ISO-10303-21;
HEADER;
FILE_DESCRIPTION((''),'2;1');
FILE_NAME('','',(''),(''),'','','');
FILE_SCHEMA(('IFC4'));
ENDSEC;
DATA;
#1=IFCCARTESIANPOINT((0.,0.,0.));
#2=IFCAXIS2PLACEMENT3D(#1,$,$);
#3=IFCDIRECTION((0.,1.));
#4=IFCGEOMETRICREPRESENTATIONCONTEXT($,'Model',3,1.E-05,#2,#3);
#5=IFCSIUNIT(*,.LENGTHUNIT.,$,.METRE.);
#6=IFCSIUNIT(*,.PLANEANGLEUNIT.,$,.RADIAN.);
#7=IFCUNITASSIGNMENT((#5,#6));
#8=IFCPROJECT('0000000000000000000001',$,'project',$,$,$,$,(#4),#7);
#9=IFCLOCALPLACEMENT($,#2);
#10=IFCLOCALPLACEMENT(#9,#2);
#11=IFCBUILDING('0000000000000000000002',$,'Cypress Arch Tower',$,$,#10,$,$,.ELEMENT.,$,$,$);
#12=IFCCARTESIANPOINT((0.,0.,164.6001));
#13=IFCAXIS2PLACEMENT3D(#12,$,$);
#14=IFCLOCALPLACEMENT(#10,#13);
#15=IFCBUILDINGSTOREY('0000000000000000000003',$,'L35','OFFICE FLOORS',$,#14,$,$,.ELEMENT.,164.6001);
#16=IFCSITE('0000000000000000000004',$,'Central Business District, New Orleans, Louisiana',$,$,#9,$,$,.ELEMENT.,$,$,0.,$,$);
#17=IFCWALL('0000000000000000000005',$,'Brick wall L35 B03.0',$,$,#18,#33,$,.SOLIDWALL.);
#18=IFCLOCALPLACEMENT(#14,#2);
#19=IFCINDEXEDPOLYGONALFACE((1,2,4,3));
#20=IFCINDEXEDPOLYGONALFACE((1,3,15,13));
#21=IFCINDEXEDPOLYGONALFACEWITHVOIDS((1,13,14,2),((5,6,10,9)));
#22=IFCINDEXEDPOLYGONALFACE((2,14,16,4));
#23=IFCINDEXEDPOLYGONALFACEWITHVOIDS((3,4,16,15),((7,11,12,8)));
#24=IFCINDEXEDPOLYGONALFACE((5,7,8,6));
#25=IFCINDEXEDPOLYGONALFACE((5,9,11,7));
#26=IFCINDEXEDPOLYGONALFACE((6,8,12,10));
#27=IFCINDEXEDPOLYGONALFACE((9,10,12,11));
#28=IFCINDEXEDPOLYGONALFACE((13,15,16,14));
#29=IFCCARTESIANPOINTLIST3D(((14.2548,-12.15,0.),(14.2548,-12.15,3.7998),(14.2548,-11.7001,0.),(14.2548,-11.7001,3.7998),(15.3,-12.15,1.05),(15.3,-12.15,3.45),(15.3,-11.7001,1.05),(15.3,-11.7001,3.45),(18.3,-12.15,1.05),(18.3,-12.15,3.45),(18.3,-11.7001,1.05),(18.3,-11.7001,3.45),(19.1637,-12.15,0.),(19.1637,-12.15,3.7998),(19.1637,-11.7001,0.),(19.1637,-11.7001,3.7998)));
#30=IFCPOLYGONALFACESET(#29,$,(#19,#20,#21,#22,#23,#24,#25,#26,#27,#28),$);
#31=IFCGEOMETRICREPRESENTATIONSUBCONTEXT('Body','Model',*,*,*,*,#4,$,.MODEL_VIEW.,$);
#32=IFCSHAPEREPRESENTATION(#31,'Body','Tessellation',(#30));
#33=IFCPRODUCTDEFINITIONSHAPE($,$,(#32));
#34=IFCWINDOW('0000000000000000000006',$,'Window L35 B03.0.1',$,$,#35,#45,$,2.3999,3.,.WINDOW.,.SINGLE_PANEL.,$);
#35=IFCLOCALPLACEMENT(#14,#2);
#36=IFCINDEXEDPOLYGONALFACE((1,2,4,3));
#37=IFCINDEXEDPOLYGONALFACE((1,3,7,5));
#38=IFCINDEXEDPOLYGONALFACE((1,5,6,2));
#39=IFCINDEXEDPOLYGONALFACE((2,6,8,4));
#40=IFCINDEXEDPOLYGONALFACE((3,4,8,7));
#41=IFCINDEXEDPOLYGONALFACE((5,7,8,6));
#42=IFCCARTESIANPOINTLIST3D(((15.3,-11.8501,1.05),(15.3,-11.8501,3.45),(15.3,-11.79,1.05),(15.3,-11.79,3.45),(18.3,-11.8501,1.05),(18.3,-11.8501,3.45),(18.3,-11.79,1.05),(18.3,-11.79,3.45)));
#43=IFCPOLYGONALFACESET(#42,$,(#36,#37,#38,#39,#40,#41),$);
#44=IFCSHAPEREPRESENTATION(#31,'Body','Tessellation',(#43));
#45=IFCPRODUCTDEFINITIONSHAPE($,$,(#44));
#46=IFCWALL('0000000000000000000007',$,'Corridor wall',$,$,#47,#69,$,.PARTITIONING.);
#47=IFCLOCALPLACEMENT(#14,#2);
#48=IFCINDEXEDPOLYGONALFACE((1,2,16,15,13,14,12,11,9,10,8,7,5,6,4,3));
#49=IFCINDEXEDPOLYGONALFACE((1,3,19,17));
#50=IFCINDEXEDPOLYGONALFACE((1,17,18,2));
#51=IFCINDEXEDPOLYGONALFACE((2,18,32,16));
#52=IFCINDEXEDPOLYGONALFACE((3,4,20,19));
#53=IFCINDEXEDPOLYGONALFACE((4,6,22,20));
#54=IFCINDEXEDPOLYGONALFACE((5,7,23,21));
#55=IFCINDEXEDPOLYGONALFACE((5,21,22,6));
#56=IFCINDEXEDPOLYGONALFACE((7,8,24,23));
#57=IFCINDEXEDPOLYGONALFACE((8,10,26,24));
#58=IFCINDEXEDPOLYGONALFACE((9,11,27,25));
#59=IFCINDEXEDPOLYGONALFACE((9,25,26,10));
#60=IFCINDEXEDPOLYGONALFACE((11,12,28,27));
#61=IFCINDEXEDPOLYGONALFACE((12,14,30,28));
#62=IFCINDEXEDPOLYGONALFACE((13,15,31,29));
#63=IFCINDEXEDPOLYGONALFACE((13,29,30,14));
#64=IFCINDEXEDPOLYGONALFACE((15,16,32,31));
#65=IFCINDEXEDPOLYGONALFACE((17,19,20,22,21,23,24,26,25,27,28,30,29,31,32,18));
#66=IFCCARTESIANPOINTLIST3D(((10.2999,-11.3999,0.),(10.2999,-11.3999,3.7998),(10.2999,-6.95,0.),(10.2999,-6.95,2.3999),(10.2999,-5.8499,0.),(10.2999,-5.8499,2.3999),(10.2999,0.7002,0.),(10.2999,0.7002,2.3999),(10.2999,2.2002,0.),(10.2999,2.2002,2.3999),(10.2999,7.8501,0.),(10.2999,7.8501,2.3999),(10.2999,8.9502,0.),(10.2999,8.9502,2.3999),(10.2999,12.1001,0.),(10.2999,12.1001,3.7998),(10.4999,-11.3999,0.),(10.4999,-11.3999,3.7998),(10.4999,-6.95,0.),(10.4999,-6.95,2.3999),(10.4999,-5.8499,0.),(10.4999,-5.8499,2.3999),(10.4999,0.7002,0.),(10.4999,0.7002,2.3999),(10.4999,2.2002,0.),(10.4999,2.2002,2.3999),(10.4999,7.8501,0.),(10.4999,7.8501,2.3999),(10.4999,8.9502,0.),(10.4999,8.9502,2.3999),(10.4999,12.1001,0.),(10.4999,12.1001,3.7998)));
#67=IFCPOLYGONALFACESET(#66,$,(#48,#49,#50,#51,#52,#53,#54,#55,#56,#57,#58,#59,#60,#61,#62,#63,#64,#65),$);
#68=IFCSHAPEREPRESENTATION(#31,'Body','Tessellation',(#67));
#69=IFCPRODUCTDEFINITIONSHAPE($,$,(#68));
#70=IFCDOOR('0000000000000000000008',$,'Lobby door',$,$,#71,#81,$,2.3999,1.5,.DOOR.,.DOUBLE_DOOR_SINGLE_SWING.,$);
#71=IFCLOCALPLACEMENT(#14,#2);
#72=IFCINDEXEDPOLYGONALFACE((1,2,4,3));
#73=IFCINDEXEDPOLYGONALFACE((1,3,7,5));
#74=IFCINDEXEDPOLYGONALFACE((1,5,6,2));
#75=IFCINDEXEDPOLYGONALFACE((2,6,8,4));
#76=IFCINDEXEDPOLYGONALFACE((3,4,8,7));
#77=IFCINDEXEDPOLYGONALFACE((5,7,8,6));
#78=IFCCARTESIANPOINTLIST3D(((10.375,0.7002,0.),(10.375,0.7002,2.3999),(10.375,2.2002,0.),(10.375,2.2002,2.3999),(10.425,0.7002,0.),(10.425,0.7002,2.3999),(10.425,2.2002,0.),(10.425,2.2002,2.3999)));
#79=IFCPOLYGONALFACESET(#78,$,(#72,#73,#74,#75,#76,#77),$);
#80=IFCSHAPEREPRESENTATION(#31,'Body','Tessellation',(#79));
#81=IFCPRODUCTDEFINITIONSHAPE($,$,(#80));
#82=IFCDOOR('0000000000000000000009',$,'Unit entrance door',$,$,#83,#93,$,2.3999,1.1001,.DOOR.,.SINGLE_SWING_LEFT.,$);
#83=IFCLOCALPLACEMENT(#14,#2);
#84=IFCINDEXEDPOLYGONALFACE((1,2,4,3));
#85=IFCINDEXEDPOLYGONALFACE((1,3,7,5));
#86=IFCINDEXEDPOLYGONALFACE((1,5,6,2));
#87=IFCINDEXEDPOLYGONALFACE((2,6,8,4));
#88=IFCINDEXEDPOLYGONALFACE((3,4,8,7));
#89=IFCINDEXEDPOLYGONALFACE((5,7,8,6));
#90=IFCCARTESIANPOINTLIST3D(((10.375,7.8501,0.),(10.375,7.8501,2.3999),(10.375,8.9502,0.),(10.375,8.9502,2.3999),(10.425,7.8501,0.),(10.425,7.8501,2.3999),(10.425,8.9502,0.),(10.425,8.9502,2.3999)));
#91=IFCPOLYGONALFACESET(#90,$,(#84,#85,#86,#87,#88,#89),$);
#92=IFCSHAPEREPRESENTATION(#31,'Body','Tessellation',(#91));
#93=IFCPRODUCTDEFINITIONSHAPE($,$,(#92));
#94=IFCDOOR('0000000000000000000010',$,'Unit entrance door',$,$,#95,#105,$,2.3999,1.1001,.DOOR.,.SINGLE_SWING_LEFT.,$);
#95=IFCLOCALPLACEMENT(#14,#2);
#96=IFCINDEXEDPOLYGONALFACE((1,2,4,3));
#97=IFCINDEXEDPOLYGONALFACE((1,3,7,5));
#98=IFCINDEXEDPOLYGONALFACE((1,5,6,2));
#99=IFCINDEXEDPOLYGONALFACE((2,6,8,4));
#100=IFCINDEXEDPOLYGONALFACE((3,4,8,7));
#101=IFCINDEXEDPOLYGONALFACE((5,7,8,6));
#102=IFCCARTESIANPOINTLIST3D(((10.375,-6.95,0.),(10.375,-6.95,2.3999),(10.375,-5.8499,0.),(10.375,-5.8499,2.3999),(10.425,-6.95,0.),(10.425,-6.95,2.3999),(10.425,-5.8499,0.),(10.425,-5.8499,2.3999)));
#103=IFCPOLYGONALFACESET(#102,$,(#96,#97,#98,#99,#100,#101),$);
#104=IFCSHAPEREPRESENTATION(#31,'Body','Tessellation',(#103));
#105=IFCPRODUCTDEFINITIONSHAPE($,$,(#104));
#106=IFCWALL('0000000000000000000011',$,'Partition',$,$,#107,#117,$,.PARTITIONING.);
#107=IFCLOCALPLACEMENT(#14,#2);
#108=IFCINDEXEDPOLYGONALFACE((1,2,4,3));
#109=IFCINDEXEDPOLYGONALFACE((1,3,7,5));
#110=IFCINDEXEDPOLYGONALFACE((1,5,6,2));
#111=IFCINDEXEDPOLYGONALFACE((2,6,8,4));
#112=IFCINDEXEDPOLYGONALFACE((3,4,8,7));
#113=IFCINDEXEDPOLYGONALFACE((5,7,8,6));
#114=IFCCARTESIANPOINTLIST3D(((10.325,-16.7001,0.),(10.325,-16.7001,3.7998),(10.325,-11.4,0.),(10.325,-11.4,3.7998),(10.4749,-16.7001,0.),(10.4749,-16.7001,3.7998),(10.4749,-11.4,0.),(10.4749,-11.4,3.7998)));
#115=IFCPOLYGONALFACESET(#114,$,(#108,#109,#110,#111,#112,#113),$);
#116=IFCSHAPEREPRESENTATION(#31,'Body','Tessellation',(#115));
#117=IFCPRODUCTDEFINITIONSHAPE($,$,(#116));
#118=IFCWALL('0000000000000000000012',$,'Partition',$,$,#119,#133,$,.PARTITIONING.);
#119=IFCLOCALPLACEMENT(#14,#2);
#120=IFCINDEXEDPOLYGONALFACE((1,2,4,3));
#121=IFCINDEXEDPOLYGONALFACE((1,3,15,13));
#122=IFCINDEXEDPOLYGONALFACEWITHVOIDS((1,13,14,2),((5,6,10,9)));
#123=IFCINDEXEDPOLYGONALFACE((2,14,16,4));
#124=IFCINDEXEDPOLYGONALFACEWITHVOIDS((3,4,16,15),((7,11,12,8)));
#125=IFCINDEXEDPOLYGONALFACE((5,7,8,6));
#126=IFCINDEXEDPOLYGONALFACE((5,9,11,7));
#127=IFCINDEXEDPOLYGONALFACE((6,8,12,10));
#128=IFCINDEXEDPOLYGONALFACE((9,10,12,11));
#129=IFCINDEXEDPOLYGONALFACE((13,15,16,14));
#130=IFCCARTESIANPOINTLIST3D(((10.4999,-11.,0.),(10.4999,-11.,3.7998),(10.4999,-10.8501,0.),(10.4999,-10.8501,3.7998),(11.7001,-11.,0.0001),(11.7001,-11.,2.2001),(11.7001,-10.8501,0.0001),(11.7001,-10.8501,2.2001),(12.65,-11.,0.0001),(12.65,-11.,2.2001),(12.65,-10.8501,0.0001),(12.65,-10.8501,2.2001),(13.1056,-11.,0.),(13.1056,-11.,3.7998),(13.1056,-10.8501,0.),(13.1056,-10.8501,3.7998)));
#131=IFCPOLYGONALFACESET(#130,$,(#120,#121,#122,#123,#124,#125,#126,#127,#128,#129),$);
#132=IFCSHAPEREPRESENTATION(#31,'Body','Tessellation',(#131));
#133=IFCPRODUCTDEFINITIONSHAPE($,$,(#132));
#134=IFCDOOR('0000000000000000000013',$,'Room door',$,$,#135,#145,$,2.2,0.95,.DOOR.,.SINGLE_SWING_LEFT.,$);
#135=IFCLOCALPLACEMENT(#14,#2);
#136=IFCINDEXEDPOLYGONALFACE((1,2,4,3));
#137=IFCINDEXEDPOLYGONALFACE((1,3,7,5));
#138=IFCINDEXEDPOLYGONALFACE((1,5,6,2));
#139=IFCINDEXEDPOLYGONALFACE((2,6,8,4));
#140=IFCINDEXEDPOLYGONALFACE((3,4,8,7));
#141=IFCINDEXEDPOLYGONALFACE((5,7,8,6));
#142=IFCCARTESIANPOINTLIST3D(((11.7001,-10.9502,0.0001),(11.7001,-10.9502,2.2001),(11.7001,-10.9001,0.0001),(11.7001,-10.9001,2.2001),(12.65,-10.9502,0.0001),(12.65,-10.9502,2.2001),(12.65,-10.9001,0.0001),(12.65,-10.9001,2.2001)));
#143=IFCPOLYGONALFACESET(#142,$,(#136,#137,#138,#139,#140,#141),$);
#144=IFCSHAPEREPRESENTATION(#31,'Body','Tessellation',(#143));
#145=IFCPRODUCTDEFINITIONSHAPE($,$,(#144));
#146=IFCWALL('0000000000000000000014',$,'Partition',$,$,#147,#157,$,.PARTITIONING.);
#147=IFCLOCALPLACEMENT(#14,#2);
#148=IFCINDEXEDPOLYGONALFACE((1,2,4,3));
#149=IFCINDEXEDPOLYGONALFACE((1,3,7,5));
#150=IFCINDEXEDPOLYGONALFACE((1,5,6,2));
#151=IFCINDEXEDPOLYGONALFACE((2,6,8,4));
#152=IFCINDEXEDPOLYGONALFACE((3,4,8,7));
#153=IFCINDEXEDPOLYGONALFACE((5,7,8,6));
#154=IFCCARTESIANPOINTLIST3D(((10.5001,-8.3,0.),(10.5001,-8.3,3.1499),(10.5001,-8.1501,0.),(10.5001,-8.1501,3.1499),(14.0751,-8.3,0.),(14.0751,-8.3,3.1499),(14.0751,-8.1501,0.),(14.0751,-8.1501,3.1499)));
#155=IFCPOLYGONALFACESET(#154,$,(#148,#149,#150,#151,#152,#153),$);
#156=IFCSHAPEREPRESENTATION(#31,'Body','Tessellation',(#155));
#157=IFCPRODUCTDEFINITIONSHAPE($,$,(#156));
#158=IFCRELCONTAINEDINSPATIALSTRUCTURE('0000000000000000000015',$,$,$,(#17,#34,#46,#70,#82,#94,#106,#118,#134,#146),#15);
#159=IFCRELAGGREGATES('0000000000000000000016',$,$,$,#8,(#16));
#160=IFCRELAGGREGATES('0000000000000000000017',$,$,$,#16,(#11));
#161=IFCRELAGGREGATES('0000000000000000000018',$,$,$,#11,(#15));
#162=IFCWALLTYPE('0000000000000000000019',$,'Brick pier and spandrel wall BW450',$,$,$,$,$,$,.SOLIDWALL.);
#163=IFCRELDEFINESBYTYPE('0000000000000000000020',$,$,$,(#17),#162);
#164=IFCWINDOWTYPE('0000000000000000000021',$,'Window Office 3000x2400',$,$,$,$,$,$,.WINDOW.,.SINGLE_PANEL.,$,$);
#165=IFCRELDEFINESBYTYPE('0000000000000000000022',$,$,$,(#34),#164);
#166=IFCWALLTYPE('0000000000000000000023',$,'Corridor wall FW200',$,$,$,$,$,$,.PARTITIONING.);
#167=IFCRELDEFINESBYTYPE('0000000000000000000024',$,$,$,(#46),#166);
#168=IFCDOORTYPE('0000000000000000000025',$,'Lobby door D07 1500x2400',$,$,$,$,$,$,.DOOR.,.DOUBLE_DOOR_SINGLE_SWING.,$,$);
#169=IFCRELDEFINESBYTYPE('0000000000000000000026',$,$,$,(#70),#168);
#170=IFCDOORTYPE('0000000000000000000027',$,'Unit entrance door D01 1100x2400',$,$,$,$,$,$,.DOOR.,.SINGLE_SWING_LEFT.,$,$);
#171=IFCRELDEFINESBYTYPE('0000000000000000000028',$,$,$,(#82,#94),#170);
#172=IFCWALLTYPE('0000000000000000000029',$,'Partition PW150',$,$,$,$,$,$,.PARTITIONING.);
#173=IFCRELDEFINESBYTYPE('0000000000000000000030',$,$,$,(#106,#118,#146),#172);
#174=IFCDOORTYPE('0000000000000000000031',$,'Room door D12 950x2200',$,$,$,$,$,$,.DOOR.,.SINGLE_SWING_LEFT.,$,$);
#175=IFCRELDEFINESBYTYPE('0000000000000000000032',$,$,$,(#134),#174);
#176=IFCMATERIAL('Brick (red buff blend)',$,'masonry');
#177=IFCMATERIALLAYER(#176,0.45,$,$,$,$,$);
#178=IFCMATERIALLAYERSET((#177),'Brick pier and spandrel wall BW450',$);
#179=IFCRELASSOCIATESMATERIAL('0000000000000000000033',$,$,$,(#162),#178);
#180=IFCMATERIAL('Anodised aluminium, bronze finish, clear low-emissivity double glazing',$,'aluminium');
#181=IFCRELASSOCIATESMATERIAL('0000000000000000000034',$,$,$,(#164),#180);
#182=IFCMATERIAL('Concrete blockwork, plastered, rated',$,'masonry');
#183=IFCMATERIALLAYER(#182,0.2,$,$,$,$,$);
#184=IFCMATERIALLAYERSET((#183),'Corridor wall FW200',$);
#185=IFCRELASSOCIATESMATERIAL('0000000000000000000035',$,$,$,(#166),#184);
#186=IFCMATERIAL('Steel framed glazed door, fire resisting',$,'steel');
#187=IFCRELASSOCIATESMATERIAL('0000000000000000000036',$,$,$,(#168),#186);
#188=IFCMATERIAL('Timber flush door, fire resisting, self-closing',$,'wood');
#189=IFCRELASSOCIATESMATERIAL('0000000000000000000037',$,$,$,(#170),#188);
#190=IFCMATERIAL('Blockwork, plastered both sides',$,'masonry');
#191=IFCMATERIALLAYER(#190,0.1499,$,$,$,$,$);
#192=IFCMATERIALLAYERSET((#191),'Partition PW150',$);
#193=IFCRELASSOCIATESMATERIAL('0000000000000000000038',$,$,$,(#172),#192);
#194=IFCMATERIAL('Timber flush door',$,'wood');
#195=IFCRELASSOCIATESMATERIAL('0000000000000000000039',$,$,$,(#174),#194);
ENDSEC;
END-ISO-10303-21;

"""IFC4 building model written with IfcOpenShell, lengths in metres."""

from ifc_helpers import new_model, si_unit, direction, frame, frame_2d, origin, place, context, subcontext, project, spatial, rectangle, extrude, material, layer, layer_set, type_object, element, fill, save


model = new_model("IFC4")

# Units and contexts
model_context = context("Model", 3, precision=1e-05, world=origin(), true_north=direction((0.0, 1.0)))
body_context = subcontext(model_context, "Body", "Model", "MODEL_VIEW")
ifc_project = project(units=[si_unit("LENGTHUNIT", "METRE"), si_unit("PLANEANGLEUNIT", "RADIAN")], contexts=[model_context])

# Site, building, storey
site_placement = place(None, origin())
site = spatial("IfcSite", under=ifc_project, at=site_placement, Name="Central Business District, New Orleans, Louisiana", CompositionType="ELEMENT", RefElevation=0.0)
building_placement = place(site_placement, origin())
building = spatial("IfcBuilding", under=site, at=building_placement, Name="Cypress Arch Tower", CompositionType="ELEMENT")
storey_placement = place(building_placement, frame((0.0, 0.0, 164.6001)))
storey = spatial("IfcBuildingStorey", under=building, at=storey_placement, Name="L35", Description="OFFICE FLOORS", CompositionType="ELEMENT", Elevation=164.6001)

# Wall, opening, window
ifc_material_1 = material(Name="Brick (red buff blend)", Category="masonry")
ifc_layer_1 = layer(ifc_material_1, 0.45)
ifc_layer_set_1 = layer_set([ifc_layer_1], Name="Brick pier and spandrel wall BW450")
wall_type_1 = type_object("IfcWallType", Name="Brick pier and spandrel wall BW450", PredefinedType="SOLIDWALL", material=ifc_layer_set_1)
ifc_material_2 = material(Name="Anodised aluminium, bronze finish, clear low-emissivity double glazing", Category="aluminium")
window_type = type_object("IfcWindowType", Name="Window Office 3000x2400", PartitioningType="SINGLE_PANEL", PredefinedType="WINDOW", material=ifc_material_2)
wall_1_placement = place(storey_placement, frame((14.2546, -11.925, 0.0), z_axis=(0.0, 0.0, 1.0), x_axis=(1.0, 0.0, 0.0)))
wall_1 = element("IfcWall", 1, at=wall_1_placement, inside=storey, type_object=wall_type_1, Name="Brick wall L35 B03.0", PredefinedType="SOLIDWALL", context=body_context, shape_type="SweptSolid", body=[
    extrude(rectangle(XDim=4.9089, YDim=0.45, at=frame_2d((2.4546, 0.0))), origin(), (0.0, 0.0, 1.0), 3.7998),
])
opening_1_placement = place(wall_1_placement, frame((1.0454, 0.0, 1.05)))
opening_1 = element("IfcOpeningElement", 2, at=opening_1_placement, cuts=wall_1, PredefinedType="OPENING", context=body_context, shape_type="SweptSolid", body=[
    extrude(rectangle(XDim=3.0, YDim=2.3999, at=frame_2d((1.5, 1.2))), frame((0.0, 0.2349, 0.0), z_axis=(0.0, -1.0, 0.0), x_axis=(1.0, 0.0, 0.0)), (0.0, 0.0, 1.0), 0.47),
])
window_1_placement = place(opening_1_placement, origin())
window_1 = element("IfcWindow", 3, at=window_1_placement, inside=storey, type_object=window_type, Name="Window L35 B03.0.1", OverallHeight=2.3999, OverallWidth=3.0, PartitioningType="SINGLE_PANEL", PredefinedType="WINDOW", context=body_context, shape_type="SweptSolid", body=[
    extrude(rectangle(XDim=3.0, YDim=2.3999, at=frame_2d((1.5, 1.2))), frame((0.0, 0.135, 0.0), z_axis=(0.0, -1.0, 0.0), x_axis=(1.0, 0.0, 0.0)), (0.0, 0.0, 1.0), 0.0601),
])
fill(opening_1, window_1)

# Wall, openings, doors
ifc_material_3 = material(Name="Concrete blockwork, plastered, rated", Category="masonry")
ifc_layer_2 = layer(ifc_material_3, 0.2)
ifc_layer_set_2 = layer_set([ifc_layer_2], Name="Corridor wall FW200")
wall_type_2 = type_object("IfcWallType", Name="Corridor wall FW200", PredefinedType="PARTITIONING", material=ifc_layer_set_2)
wall_2_placement = place(storey_placement, frame((10.3999, -11.3999, 0.0), z_axis=(0.0, 0.0, 1.0), x_axis=(0.0, 1.0, 0.0)))
wall_2 = element("IfcWall", 4, at=wall_2_placement, inside=storey, type_object=wall_type_2, Name="Corridor wall", PredefinedType="PARTITIONING", context=body_context, shape_type="SweptSolid", body=[
    extrude(rectangle(XDim=23.5, YDim=0.2, at=frame_2d((11.75, 0.0))), origin(), (0.0, 0.0, 1.0), 3.7998),
])
opening_2_placement = place(wall_2_placement, frame((12.1001, 0.0, 0.0)))
opening_2 = element("IfcOpeningElement", 5, at=opening_2_placement, cuts=wall_2, PredefinedType="OPENING", context=body_context, shape_type="SweptSolid", body=[
    extrude(rectangle(XDim=1.5, YDim=2.3999, at=frame_2d((0.75, 1.2))), frame((0.0, 0.1099, 0.0), z_axis=(0.0, -1.0, 0.0), x_axis=(1.0, 0.0, 0.0)), (0.0, 0.0, 1.0), 0.22),
])
opening_3_placement = place(wall_2_placement, frame((19.25, 0.0, 0.0)))
opening_3 = element("IfcOpeningElement", 6, at=opening_3_placement, cuts=wall_2, PredefinedType="OPENING", context=body_context, shape_type="SweptSolid", body=[
    extrude(rectangle(XDim=1.1001, YDim=2.3999, at=frame_2d((0.55, 1.2))), frame((0.0, 0.1099, 0.0), z_axis=(0.0, -1.0, 0.0), x_axis=(1.0, 0.0, 0.0)), (0.0, 0.0, 1.0), 0.22),
])
opening_4_placement = place(wall_2_placement, frame((4.45, 0.0, 0.0)))
opening_4 = element("IfcOpeningElement", 7, at=opening_4_placement, cuts=wall_2, PredefinedType="OPENING", context=body_context, shape_type="SweptSolid", body=[
    extrude(rectangle(XDim=1.1001, YDim=2.3999, at=frame_2d((0.55, 1.2))), frame((0.0, 0.1099, 0.0), z_axis=(0.0, -1.0, 0.0), x_axis=(1.0, 0.0, 0.0)), (0.0, 0.0, 1.0), 0.22),
])
ifc_material_4 = material(Name="Steel framed glazed door, fire resisting", Category="steel")
door_type_1 = type_object("IfcDoorType", Name="Lobby door D07 1500x2400", OperationType="DOUBLE_DOOR_SINGLE_SWING", PredefinedType="DOOR", material=ifc_material_4)
door_1_placement = place(opening_2_placement, origin())
door_1 = element("IfcDoor", 8, at=door_1_placement, inside=storey, type_object=door_type_1, Name="Lobby door", OperationType="DOUBLE_DOOR_SINGLE_SWING", OverallHeight=2.3999, OverallWidth=1.5, PredefinedType="DOOR", context=body_context, shape_type="SweptSolid", body=[
    extrude(rectangle(XDim=1.5, YDim=2.3999, at=frame_2d((0.75, 1.2))), frame((0.0, 0.0249, 0.0), z_axis=(0.0, -1.0, 0.0), x_axis=(1.0, 0.0, 0.0)), (0.0, 0.0, 1.0), 0.05),
])
fill(opening_2, door_1)
ifc_material_5 = material(Name="Timber flush door, fire resisting, self-closing", Category="wood")
door_type_2 = type_object("IfcDoorType", Name="Unit entrance door D01 1100x2400", OperationType="SINGLE_SWING_LEFT", PredefinedType="DOOR", material=ifc_material_5)
door_2_placement = place(opening_3_placement, origin())
door_2 = element("IfcDoor", 9, at=door_2_placement, inside=storey, type_object=door_type_2, Name="Unit entrance door", OperationType="SINGLE_SWING_LEFT", OverallHeight=2.3999, OverallWidth=1.1001, PredefinedType="DOOR", context=body_context, shape_type="SweptSolid", body=[
    extrude(rectangle(XDim=1.1001, YDim=2.3999, at=frame_2d((0.55, 1.2))), frame((0.0, 0.0249, 0.0), z_axis=(0.0, -1.0, 0.0), x_axis=(1.0, 0.0, 0.0)), (0.0, 0.0, 1.0), 0.05),
])
fill(opening_3, door_2)
door_3_placement = place(opening_4_placement, origin())
door_3 = element("IfcDoor", 10, at=door_3_placement, inside=storey, type_object=door_type_2, Name="Unit entrance door", OperationType="SINGLE_SWING_LEFT", OverallHeight=2.3999, OverallWidth=1.1001, PredefinedType="DOOR", context=body_context, shape_type="SweptSolid", body=[
    extrude(rectangle(XDim=1.1001, YDim=2.3999, at=frame_2d((0.55, 1.2))), frame((0.0, 0.0249, 0.0), z_axis=(0.0, -1.0, 0.0), x_axis=(1.0, 0.0, 0.0)), (0.0, 0.0, 1.0), 0.05),
])
fill(opening_4, door_3)

# Wall
ifc_material_6 = material(Name="Blockwork, plastered both sides", Category="masonry")
ifc_layer_3 = layer(ifc_material_6, 0.1499)
ifc_layer_set_3 = layer_set([ifc_layer_3], Name="Partition PW150")
wall_type_3 = type_object("IfcWallType", Name="Partition PW150", PredefinedType="PARTITIONING", material=ifc_layer_set_3)
wall_3_placement = place(storey_placement, frame((10.3999, -16.7, 0.0), z_axis=(0.0, 0.0, 1.0), x_axis=(0.0, 1.0, 0.0)))
element("IfcWall", 11, at=wall_3_placement, inside=storey, type_object=wall_type_3, Name="Partition", PredefinedType="PARTITIONING", context=body_context, shape_type="SweptSolid", body=[
    extrude(rectangle(XDim=5.3, YDim=0.1499, at=frame_2d((2.6499, 0.0))), origin(), (0.0, 0.0, 1.0), 3.7998),
])

# Wall, opening, door
wall_4_placement = place(storey_placement, frame((10.5, -10.925, 0.0), z_axis=(0.0, 0.0, 1.0), x_axis=(1.0, 0.0, 0.0)))
wall_4 = element("IfcWall", 12, at=wall_4_placement, inside=storey, type_object=wall_type_3, Name="Partition", PredefinedType="PARTITIONING", context=body_context, shape_type="SweptSolid", body=[
    extrude(rectangle(XDim=2.6057, YDim=0.1499, at=frame_2d((1.3027, 0.0))), origin(), (0.0, 0.0, 1.0), 3.7998),
])
opening_5_placement = place(wall_4_placement, frame((1.2, 0.0, 0.0)))
opening_5 = element("IfcOpeningElement", 13, at=opening_5_placement, cuts=wall_4, PredefinedType="OPENING", context=body_context, shape_type="SweptSolid", body=[
    extrude(rectangle(XDim=0.95, YDim=2.2, at=frame_2d((0.4751, 1.1001))), frame((0.0, 0.085, 0.0), z_axis=(0.0, -1.0, 0.0), x_axis=(1.0, 0.0, 0.0)), (0.0, 0.0, 1.0), 0.1699),
])
ifc_material_7 = material(Name="Timber flush door", Category="wood")
door_type_3 = type_object("IfcDoorType", Name="Room door D12 950x2200", OperationType="SINGLE_SWING_LEFT", PredefinedType="DOOR", material=ifc_material_7)
door_4_placement = place(opening_5_placement, origin())
door_4 = element("IfcDoor", 14, at=door_4_placement, inside=storey, type_object=door_type_3, Name="Room door", OperationType="SINGLE_SWING_LEFT", OverallHeight=2.2, OverallWidth=0.95, PredefinedType="DOOR", context=body_context, shape_type="SweptSolid", body=[
    extrude(rectangle(XDim=0.95, YDim=2.2, at=frame_2d((0.4751, 1.1001))), frame((0.0, 0.0249, 0.0), z_axis=(0.0, -1.0, 0.0), x_axis=(1.0, 0.0, 0.0)), (0.0, 0.0, 1.0), 0.05),
])
fill(opening_5, door_4)

# Wall
wall_5_placement = place(storey_placement, frame((10.5, -8.2251, 0.0), z_axis=(0.0, 0.0, 1.0), x_axis=(1.0, 0.0, 0.0)))
element("IfcWall", 15, at=wall_5_placement, inside=storey, type_object=wall_type_3, Name="Partition", PredefinedType="PARTITIONING", context=body_context, shape_type="SweptSolid", body=[
    extrude(rectangle(XDim=3.575, YDim=0.1499, at=frame_2d((1.7876, 0.0))), origin(), (0.0, 0.0, 1.0), 3.1499),
])

save(model, "model.ifc")
